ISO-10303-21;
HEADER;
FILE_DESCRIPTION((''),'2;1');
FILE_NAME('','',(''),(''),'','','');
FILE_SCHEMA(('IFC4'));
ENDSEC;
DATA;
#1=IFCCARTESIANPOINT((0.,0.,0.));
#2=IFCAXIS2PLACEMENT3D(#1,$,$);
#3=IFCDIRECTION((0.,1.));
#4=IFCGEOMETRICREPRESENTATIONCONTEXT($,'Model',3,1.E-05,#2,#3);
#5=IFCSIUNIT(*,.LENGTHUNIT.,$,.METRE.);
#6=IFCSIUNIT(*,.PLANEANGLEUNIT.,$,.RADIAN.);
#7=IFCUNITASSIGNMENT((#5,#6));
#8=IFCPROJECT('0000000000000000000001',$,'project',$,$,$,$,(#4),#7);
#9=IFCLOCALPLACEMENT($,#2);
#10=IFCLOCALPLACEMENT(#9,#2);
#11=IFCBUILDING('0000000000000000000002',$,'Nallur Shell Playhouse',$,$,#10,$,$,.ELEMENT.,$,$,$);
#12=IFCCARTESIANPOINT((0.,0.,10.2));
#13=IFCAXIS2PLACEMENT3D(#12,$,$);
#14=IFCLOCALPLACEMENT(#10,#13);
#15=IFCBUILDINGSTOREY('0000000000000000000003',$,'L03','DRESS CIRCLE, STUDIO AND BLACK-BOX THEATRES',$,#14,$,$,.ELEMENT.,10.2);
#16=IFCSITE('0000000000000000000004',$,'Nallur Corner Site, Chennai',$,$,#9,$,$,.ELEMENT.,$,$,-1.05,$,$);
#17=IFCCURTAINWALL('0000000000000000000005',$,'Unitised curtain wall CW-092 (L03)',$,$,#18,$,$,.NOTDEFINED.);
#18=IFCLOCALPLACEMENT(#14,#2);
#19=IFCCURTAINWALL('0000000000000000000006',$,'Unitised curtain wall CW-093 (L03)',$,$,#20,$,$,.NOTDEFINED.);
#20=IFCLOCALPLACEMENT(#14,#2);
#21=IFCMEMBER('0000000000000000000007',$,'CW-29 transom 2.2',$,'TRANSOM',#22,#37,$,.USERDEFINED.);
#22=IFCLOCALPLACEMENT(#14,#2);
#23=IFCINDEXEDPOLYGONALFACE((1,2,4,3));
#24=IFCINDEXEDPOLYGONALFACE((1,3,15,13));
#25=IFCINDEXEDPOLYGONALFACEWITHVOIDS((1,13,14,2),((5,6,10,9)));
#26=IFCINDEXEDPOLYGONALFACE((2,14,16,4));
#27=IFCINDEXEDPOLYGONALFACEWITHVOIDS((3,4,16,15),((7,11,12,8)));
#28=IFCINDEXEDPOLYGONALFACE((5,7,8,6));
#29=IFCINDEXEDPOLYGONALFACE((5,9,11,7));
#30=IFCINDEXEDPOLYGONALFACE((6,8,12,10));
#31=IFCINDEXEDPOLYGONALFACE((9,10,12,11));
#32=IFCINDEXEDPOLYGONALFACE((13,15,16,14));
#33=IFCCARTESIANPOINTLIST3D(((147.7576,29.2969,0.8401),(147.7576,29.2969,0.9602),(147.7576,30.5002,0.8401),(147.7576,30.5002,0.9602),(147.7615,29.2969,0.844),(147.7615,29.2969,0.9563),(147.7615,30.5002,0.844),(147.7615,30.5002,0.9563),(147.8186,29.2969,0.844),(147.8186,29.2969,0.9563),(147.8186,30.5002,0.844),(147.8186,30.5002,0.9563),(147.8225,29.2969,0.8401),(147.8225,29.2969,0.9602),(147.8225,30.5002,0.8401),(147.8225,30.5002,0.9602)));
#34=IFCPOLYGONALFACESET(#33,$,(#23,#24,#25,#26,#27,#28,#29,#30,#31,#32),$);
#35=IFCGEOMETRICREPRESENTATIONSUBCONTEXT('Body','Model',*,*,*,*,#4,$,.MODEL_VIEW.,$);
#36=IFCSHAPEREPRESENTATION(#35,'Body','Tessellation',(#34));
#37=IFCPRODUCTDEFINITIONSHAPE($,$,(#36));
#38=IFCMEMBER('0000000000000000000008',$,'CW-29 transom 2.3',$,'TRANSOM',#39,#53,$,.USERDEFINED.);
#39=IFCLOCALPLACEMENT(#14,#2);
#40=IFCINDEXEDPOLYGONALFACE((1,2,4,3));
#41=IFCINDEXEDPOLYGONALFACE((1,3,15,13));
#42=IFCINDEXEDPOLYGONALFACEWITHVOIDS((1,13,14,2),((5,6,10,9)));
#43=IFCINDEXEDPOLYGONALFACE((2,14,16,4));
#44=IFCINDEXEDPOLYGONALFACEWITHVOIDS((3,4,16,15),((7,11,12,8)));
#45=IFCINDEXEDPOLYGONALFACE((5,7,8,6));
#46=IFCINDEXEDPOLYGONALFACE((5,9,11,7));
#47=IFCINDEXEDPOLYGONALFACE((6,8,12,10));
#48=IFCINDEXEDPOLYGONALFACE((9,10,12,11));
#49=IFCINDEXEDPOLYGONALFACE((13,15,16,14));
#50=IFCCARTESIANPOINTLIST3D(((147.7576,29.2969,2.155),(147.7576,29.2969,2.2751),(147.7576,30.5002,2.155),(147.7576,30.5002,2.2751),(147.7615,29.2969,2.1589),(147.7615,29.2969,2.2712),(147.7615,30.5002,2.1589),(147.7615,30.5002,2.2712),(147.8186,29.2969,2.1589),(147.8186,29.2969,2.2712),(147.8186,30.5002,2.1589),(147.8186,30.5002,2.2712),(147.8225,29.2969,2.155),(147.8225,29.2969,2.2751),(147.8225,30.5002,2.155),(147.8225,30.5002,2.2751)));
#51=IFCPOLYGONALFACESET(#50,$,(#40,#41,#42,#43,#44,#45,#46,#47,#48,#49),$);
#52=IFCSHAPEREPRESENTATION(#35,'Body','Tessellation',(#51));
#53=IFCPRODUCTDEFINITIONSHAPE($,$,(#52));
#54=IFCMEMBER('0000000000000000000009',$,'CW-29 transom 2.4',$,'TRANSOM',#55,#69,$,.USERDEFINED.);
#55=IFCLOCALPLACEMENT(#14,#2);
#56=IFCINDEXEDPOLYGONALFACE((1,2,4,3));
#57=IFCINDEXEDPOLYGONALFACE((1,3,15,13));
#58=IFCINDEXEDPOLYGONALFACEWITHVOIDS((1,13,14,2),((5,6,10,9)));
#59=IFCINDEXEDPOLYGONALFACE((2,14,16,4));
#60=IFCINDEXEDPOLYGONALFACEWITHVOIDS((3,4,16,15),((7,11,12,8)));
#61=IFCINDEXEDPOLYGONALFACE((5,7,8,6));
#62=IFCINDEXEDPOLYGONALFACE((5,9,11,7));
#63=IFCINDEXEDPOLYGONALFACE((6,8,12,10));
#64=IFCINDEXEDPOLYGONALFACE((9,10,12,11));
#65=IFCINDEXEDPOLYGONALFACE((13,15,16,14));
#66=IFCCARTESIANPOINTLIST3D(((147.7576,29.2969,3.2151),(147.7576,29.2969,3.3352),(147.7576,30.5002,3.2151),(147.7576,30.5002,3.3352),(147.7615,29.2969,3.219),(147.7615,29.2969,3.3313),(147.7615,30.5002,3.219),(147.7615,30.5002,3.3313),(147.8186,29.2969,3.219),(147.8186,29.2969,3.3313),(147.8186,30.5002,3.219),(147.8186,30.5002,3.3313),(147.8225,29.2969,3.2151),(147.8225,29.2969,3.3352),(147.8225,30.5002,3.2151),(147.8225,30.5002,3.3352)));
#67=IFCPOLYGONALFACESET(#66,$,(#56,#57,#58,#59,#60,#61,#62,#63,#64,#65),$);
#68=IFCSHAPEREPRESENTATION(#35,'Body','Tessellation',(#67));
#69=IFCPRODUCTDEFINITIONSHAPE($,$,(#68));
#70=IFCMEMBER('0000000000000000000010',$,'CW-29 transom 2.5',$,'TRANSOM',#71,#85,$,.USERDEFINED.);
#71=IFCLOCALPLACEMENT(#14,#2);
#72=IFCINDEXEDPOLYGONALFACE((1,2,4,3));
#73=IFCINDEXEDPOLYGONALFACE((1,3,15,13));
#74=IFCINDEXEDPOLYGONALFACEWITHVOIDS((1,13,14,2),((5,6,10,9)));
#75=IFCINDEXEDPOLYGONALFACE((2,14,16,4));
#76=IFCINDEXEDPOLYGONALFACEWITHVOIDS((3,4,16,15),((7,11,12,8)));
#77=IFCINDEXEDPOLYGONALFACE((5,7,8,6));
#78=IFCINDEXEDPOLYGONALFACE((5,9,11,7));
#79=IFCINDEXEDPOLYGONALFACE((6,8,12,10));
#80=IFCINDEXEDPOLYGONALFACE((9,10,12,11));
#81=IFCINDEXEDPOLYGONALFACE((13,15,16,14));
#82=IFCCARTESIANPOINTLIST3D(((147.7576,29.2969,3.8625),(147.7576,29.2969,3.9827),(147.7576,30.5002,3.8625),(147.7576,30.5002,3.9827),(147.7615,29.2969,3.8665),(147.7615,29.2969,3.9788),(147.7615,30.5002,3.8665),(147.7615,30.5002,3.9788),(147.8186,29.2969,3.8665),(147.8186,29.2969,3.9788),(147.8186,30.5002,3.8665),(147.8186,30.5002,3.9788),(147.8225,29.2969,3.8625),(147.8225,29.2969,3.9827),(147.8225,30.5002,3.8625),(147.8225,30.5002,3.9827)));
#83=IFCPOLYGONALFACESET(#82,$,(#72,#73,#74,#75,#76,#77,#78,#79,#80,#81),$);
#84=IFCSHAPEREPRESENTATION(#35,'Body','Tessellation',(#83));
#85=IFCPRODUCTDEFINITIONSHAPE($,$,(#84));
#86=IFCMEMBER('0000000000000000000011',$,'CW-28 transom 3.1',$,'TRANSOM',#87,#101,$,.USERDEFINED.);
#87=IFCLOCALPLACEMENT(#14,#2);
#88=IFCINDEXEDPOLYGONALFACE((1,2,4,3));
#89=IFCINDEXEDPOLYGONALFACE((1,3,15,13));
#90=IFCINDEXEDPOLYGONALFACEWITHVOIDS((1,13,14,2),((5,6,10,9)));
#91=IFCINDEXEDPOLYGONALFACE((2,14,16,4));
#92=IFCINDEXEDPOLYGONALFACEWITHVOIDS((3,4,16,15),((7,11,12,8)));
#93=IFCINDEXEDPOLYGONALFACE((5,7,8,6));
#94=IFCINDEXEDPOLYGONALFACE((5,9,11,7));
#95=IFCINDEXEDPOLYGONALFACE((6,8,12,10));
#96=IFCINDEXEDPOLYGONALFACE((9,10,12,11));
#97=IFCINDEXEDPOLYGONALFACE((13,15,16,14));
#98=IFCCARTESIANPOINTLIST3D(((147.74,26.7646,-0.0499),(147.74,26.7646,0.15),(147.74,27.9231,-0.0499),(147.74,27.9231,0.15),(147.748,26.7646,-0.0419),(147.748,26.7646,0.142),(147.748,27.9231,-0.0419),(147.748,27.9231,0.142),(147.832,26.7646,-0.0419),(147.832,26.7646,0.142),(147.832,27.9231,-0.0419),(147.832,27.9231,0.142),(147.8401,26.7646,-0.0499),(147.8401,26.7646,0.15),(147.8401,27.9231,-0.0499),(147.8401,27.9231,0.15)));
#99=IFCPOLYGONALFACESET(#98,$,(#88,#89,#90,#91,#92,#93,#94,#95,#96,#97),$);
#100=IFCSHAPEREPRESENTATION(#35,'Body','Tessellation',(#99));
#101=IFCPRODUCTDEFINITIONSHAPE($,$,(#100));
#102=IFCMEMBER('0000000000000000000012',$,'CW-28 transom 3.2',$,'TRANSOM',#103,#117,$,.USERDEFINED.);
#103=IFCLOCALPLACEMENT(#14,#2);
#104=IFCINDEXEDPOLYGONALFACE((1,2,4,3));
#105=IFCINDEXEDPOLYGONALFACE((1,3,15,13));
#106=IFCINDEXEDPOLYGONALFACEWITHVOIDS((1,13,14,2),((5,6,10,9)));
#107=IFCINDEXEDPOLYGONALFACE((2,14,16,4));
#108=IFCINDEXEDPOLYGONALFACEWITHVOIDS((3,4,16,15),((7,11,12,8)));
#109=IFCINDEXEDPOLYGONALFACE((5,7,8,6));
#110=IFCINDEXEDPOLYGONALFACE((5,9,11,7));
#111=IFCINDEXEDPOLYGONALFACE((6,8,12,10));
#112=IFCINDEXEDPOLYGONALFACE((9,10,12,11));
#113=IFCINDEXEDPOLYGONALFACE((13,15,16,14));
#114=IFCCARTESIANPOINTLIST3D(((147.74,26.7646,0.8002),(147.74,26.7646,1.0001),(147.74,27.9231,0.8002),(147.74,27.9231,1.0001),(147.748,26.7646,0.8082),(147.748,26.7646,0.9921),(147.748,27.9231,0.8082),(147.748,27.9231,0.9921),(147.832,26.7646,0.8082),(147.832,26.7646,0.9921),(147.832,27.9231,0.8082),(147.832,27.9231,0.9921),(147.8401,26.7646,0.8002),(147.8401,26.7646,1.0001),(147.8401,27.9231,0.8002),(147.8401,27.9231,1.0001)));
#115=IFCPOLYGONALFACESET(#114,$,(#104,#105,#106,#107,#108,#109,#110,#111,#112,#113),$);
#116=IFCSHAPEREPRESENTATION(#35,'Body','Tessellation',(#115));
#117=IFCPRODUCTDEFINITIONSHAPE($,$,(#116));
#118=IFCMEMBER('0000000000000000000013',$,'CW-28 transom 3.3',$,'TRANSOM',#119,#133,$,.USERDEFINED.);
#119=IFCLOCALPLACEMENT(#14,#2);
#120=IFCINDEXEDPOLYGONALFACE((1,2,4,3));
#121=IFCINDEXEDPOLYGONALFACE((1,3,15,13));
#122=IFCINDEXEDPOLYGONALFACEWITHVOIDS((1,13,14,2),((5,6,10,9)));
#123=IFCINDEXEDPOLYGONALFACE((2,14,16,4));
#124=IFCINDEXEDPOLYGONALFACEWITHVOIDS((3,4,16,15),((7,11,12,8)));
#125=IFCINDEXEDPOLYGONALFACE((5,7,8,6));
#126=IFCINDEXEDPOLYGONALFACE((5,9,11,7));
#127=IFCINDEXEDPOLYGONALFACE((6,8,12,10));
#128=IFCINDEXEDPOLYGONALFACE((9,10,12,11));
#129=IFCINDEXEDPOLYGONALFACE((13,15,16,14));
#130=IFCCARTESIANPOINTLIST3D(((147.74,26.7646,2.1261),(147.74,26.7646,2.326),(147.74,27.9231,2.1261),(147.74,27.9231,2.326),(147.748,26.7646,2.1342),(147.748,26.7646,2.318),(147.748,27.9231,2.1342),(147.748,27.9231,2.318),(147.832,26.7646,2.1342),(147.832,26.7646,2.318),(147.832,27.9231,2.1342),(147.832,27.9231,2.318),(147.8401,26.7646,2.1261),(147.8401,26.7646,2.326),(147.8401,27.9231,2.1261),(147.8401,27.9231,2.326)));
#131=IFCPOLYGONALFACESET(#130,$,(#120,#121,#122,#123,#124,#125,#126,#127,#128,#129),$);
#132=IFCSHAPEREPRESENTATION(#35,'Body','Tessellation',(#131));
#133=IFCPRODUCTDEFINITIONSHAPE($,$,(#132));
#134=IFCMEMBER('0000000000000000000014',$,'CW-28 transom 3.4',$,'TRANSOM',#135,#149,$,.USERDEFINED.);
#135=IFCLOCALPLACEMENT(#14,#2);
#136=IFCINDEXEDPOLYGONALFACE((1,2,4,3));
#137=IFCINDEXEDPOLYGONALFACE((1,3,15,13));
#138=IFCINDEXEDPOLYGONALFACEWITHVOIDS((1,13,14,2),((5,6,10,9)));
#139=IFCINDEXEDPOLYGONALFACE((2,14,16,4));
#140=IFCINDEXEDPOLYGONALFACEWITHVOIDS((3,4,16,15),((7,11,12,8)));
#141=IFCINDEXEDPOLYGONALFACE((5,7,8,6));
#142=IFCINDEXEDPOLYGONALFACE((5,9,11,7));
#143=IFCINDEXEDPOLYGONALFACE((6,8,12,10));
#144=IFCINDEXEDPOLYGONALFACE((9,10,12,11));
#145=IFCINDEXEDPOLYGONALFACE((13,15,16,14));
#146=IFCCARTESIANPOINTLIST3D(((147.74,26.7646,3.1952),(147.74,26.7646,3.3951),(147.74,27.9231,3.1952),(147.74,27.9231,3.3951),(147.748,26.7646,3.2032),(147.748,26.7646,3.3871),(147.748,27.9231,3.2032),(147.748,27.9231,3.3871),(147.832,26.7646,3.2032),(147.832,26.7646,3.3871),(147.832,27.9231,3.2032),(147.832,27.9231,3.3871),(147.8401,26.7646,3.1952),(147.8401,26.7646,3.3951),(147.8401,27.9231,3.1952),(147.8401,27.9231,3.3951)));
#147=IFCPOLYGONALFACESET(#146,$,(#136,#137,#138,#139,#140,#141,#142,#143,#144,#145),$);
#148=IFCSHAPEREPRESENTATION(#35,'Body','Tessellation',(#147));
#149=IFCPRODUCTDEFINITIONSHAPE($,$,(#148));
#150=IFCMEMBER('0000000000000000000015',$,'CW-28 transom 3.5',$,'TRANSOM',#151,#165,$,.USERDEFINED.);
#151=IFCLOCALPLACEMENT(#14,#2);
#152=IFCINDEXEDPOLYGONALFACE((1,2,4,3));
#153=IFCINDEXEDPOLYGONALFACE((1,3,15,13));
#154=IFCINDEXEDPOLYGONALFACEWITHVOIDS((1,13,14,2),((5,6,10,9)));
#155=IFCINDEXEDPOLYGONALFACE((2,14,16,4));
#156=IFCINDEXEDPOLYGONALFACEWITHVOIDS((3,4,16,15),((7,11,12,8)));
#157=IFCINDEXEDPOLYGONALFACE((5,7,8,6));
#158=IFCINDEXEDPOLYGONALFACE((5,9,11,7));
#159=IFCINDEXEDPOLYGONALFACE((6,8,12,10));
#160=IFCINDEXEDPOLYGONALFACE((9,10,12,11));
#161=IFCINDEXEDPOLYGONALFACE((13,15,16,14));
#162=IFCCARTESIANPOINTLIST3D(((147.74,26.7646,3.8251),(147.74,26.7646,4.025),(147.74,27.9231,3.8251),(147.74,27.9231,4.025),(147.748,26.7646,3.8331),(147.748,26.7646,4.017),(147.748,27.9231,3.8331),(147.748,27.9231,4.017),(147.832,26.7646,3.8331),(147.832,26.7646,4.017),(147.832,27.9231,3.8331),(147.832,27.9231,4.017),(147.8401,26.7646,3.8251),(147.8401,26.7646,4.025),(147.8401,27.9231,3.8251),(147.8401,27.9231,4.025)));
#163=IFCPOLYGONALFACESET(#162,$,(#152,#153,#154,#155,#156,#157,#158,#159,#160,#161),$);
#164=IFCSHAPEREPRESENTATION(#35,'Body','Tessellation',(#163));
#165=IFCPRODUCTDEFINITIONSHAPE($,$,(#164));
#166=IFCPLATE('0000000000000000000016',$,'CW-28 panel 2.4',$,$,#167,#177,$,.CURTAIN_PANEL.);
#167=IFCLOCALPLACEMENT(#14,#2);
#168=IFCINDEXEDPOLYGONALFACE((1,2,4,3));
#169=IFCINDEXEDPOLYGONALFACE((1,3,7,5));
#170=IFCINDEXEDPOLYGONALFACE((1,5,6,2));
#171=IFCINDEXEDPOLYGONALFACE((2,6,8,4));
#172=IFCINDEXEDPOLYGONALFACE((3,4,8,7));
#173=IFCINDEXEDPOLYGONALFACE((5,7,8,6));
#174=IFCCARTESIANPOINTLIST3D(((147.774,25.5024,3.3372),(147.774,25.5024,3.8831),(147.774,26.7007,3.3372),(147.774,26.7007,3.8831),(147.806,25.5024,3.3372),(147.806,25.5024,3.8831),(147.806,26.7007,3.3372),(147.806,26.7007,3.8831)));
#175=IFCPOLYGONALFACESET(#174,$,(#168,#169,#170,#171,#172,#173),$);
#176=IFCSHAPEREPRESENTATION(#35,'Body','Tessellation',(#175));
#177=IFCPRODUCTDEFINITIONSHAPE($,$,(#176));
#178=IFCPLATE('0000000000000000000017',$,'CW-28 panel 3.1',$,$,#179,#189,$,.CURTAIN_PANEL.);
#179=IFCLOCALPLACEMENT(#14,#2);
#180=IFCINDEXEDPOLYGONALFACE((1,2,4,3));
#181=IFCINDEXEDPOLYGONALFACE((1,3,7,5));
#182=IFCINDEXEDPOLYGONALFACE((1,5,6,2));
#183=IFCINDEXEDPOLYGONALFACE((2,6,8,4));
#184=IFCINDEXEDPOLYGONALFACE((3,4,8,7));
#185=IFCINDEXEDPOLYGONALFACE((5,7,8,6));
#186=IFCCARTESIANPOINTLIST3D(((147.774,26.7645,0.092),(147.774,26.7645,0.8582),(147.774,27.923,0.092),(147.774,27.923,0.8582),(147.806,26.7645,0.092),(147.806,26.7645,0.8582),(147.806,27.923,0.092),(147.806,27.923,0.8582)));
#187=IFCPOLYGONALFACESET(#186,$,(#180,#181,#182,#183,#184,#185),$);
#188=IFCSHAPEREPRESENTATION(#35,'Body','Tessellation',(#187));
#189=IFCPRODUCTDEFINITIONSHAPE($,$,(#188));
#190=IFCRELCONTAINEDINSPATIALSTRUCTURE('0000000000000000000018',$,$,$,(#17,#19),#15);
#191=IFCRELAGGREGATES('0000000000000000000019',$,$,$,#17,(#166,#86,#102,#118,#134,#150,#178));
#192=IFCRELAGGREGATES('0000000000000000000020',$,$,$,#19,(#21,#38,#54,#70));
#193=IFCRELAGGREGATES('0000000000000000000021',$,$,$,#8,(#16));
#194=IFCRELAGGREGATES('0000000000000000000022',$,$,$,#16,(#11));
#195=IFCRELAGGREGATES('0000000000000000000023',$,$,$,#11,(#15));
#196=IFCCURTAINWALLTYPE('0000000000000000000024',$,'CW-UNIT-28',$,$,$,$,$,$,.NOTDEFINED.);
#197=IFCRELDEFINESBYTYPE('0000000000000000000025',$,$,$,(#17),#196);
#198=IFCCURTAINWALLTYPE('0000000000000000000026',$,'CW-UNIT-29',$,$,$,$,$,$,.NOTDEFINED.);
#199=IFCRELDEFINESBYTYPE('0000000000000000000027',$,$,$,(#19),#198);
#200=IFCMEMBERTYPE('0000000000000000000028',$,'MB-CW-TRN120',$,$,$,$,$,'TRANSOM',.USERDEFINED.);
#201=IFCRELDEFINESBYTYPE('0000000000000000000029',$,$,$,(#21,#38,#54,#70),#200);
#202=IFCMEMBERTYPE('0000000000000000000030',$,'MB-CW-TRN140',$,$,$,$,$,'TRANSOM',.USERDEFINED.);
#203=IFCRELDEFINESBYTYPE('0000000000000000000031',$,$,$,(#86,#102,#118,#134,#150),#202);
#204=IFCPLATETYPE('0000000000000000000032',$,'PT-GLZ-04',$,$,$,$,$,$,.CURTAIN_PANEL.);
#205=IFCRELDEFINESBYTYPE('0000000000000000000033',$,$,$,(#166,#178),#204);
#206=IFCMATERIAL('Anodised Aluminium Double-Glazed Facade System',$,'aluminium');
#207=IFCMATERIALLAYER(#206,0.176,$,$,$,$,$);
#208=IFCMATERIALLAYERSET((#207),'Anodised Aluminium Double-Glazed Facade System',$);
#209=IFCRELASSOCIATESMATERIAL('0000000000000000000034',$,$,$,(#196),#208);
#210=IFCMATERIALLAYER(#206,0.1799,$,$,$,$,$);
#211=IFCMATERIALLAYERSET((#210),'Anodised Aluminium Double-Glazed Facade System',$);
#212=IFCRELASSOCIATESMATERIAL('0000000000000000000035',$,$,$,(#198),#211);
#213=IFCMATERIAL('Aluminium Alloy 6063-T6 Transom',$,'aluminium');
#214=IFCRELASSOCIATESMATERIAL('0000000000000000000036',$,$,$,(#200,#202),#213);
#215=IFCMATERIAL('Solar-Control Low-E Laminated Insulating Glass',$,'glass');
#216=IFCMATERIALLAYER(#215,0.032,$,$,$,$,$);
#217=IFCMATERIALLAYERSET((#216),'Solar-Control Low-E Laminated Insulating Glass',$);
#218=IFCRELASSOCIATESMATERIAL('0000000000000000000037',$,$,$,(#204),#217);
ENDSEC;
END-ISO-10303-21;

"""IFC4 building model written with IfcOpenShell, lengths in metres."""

from ifc_helpers import new_model, si_unit, direction, frame, origin, origin_2d, place, context, subcontext, project, spatial, rectangle, hollow_rectangle, extrude, material, layer, layer_set, material_profile, profile_set, type_object, element, aggregate, save


model = new_model("IFC4")

# Units and contexts
model_context = context("Model", 3, precision=1e-05, world=origin(), true_north=direction((0.0, 1.0)))
body_context = subcontext(model_context, "Body", "Model", "MODEL_VIEW")
ifc_project = project(units=[si_unit("LENGTHUNIT", "METRE"), si_unit("PLANEANGLEUNIT", "RADIAN")], contexts=[model_context])

# Site, building, storey
site_placement = place(None, origin())
site = spatial("IfcSite", under=ifc_project, at=site_placement, Name="Nallur Corner Site, Chennai", CompositionType="ELEMENT", RefElevation=-1.05)
building_placement = place(site_placement, origin())
building = spatial("IfcBuilding", under=site, at=building_placement, Name="Nallur Shell Playhouse", CompositionType="ELEMENT")
storey_placement = place(building_placement, frame((0.0, 0.0, 10.2)))
storey = spatial("IfcBuildingStorey", under=building, at=storey_placement, Name="L03", Description="DRESS CIRCLE, STUDIO AND BLACK-BOX THEATRES", CompositionType="ELEMENT", Elevation=10.2)

# Curtain walls, members
ifc_material_1 = material(Name="Anodised Aluminium Double-Glazed Facade System", Category="aluminium")
ifc_layer_1 = layer(ifc_material_1, 0.176)
ifc_layer_set_1 = layer_set([ifc_layer_1], Name="Anodised Aluminium Double-Glazed Facade System")
curtain_wall_type_1 = type_object("IfcCurtainWallType", Name="CW-UNIT-28", PredefinedType="NOTDEFINED", material=ifc_layer_set_1)
curtain_wall_1_placement = place(storey_placement, origin())
curtain_wall_1 = element("IfcCurtainWall", 1, at=curtain_wall_1_placement, inside=storey, type_object=curtain_wall_type_1, Name="Unitised curtain wall CW-092 (L03)", PredefinedType="NOTDEFINED")
ifc_layer_2 = layer(ifc_material_1, 0.1799)
ifc_layer_set_2 = layer_set([ifc_layer_2], Name="Anodised Aluminium Double-Glazed Facade System")
curtain_wall_type_2 = type_object("IfcCurtainWallType", Name="CW-UNIT-29", PredefinedType="NOTDEFINED", material=ifc_layer_set_2)
curtain_wall_2_placement = place(storey_placement, origin())
curtain_wall_2 = element("IfcCurtainWall", 2, at=curtain_wall_2_placement, inside=storey, type_object=curtain_wall_type_2, Name="Unitised curtain wall CW-093 (L03)", PredefinedType="NOTDEFINED")
ifc_material_2 = material(Name="Aluminium Alloy 6063-T6 Transom", Category="aluminium")
ifc_material_profile_1 = material_profile(ifc_material_2, hollow_rectangle(XDim=0.0649, YDim=0.1201, WallThickness=0.0039, at=origin_2d()), Name="ALU 65x120x4")
ifc_profile_set_1 = profile_set([ifc_material_profile_1], Name="Aluminium Alloy 6063-T6 Transom")
member_type_1 = type_object("IfcMemberType", Name="MB-CW-TRN120", ElementType="TRANSOM", PredefinedType="USERDEFINED", material=ifc_profile_set_1)
member_1_placement = place(storey_placement, frame((147.79, 29.2969, 0.9001), z_axis=(0.0, 1.0, 0.0), x_axis=(-1.0, 0.0, 0.0)))
member_1 = element("IfcMember", 3, at=member_1_placement, type_object=member_type_1, Name="CW-29 transom 2.2", ObjectType="TRANSOM", PredefinedType="USERDEFINED", context=body_context, shape_type="SweptSolid", body=[
    extrude(hollow_rectangle(XDim=0.0649, YDim=0.1201, WallThickness=0.0039, at=origin_2d()), origin(), (0.0, 0.0, 1.0), 1.2034),
])
member_2_placement = place(storey_placement, frame((147.79, 29.2969, 2.2151), z_axis=(0.0, 1.0, 0.0), x_axis=(-1.0, 0.0, 0.0)))
member_2 = element("IfcMember", 4, at=member_2_placement, type_object=member_type_1, Name="CW-29 transom 2.3", ObjectType="TRANSOM", PredefinedType="USERDEFINED", context=body_context, shape_type="SweptSolid", body=[
    extrude(hollow_rectangle(XDim=0.0649, YDim=0.1201, WallThickness=0.0039, at=origin_2d()), origin(), (0.0, 0.0, 1.0), 1.2034),
])
member_3_placement = place(storey_placement, frame((147.79, 29.2969, 3.2751), z_axis=(0.0, 1.0, 0.0), x_axis=(-1.0, 0.0, 0.0)))
member_3 = element("IfcMember", 5, at=member_3_placement, type_object=member_type_1, Name="CW-29 transom 2.4", ObjectType="TRANSOM", PredefinedType="USERDEFINED", context=body_context, shape_type="SweptSolid", body=[
    extrude(hollow_rectangle(XDim=0.0649, YDim=0.1201, WallThickness=0.0039, at=origin_2d()), origin(), (0.0, 0.0, 1.0), 1.2034),
])
member_4_placement = place(storey_placement, frame((147.79, 29.2969, 3.9226), z_axis=(0.0, 1.0, 0.0), x_axis=(-1.0, 0.0, 0.0)))
member_4 = element("IfcMember", 6, at=member_4_placement, type_object=member_type_1, Name="CW-29 transom 2.5", ObjectType="TRANSOM", PredefinedType="USERDEFINED", context=body_context, shape_type="SweptSolid", body=[
    extrude(hollow_rectangle(XDim=0.0649, YDim=0.1201, WallThickness=0.0039, at=origin_2d()), origin(), (0.0, 0.0, 1.0), 1.2034),
])

# Members
ifc_material_profile_2 = material_profile(ifc_material_2, hollow_rectangle(XDim=0.1001, YDim=0.2, WallThickness=0.0081, at=origin_2d()), Name="RHS 200x100x8")
ifc_profile_set_2 = profile_set([ifc_material_profile_2], Name="Aluminium Alloy 6063-T6 Transom")
member_type_2 = type_object("IfcMemberType", Name="MB-CW-TRN140", ElementType="TRANSOM", PredefinedType="USERDEFINED", material=ifc_profile_set_2)
member_5_placement = place(storey_placement, frame((147.79, 26.7646, 0.05), z_axis=(0.0, 1.0, 0.0), x_axis=(-1.0, 0.0, 0.0)))
member_5 = element("IfcMember", 7, at=member_5_placement, type_object=member_type_2, Name="CW-28 transom 3.1", ObjectType="TRANSOM", PredefinedType="USERDEFINED", context=body_context, shape_type="SweptSolid", body=[
    extrude(hollow_rectangle(XDim=0.1001, YDim=0.2, WallThickness=0.0081, at=origin_2d()), origin(), (0.0, 0.0, 1.0), 1.1584),
])
member_6_placement = place(storey_placement, frame((147.79, 26.7646, 0.9001), z_axis=(0.0, 1.0, 0.0), x_axis=(-1.0, 0.0, 0.0)))
member_6 = element("IfcMember", 8, at=member_6_placement, type_object=member_type_2, Name="CW-28 transom 3.2", ObjectType="TRANSOM", PredefinedType="USERDEFINED", context=body_context, shape_type="SweptSolid", body=[
    extrude(hollow_rectangle(XDim=0.1001, YDim=0.2, WallThickness=0.0081, at=origin_2d()), origin(), (0.0, 0.0, 1.0), 1.1584),
])
member_7_placement = place(storey_placement, frame((147.79, 26.7646, 2.2261), z_axis=(0.0, 1.0, 0.0), x_axis=(-1.0, 0.0, 0.0)))
member_7 = element("IfcMember", 9, at=member_7_placement, type_object=member_type_2, Name="CW-28 transom 3.3", ObjectType="TRANSOM", PredefinedType="USERDEFINED", context=body_context, shape_type="SweptSolid", body=[
    extrude(hollow_rectangle(XDim=0.1001, YDim=0.2, WallThickness=0.0081, at=origin_2d()), origin(), (0.0, 0.0, 1.0), 1.1584),
])
member_8_placement = place(storey_placement, frame((147.79, 26.7646, 3.2952), z_axis=(0.0, 1.0, 0.0), x_axis=(-1.0, 0.0, 0.0)))
member_8 = element("IfcMember", 10, at=member_8_placement, type_object=member_type_2, Name="CW-28 transom 3.4", ObjectType="TRANSOM", PredefinedType="USERDEFINED", context=body_context, shape_type="SweptSolid", body=[
    extrude(hollow_rectangle(XDim=0.1001, YDim=0.2, WallThickness=0.0081, at=origin_2d()), origin(), (0.0, 0.0, 1.0), 1.1584),
])
member_9_placement = place(storey_placement, frame((147.79, 26.7646, 3.925), z_axis=(0.0, 1.0, 0.0), x_axis=(-1.0, 0.0, 0.0)))
member_9 = element("IfcMember", 11, at=member_9_placement, type_object=member_type_2, Name="CW-28 transom 3.5", ObjectType="TRANSOM", PredefinedType="USERDEFINED", context=body_context, shape_type="SweptSolid", body=[
    extrude(hollow_rectangle(XDim=0.1001, YDim=0.2, WallThickness=0.0081, at=origin_2d()), origin(), (0.0, 0.0, 1.0), 1.1584),
])

# Plates
ifc_material_3 = material(Name="Solar-Control Low-E Laminated Insulating Glass", Category="glass")
ifc_layer_3 = layer(ifc_material_3, 0.032)
ifc_layer_set_3 = layer_set([ifc_layer_3], Name="Solar-Control Low-E Laminated Insulating Glass")
plate_type_1 = type_object("IfcPlateType", Name="PT-GLZ-04", PredefinedType="CURTAIN_PANEL", material=ifc_layer_set_3)
plate_1_placement = place(storey_placement, frame((147.79, 26.1016, 3.3372), z_axis=(0.0, 0.0, 1.0), x_axis=(0.0, 1.0, 0.0)))
plate_1 = element("IfcPlate", 12, at=plate_1_placement, type_object=plate_type_1, Name="CW-28 panel 2.4", PredefinedType="CURTAIN_PANEL", context=body_context, shape_type="SweptSolid", body=[
    extrude(rectangle(XDim=1.1982, YDim=0.032, at=origin_2d()), origin(), (0.0, 0.0, 1.0), 0.5459),
])
plate_2_placement = place(storey_placement, frame((147.79, 27.3438, 0.092), z_axis=(0.0, 0.0, 1.0), x_axis=(0.0, 1.0, 0.0)))
plate_2 = element("IfcPlate", 13, at=plate_2_placement, type_object=plate_type_1, Name="CW-28 panel 3.1", PredefinedType="CURTAIN_PANEL", context=body_context, shape_type="SweptSolid", body=[
    extrude(rectangle(XDim=1.1584, YDim=0.032, at=origin_2d()), origin(), (0.0, 0.0, 1.0), 0.7661),
])
aggregate(curtain_wall_1, [plate_1, member_5, member_6, member_7, member_8, member_9, plate_2])
aggregate(curtain_wall_2, [member_1, member_2, member_3, member_4])

save(model, "model.ifc")
